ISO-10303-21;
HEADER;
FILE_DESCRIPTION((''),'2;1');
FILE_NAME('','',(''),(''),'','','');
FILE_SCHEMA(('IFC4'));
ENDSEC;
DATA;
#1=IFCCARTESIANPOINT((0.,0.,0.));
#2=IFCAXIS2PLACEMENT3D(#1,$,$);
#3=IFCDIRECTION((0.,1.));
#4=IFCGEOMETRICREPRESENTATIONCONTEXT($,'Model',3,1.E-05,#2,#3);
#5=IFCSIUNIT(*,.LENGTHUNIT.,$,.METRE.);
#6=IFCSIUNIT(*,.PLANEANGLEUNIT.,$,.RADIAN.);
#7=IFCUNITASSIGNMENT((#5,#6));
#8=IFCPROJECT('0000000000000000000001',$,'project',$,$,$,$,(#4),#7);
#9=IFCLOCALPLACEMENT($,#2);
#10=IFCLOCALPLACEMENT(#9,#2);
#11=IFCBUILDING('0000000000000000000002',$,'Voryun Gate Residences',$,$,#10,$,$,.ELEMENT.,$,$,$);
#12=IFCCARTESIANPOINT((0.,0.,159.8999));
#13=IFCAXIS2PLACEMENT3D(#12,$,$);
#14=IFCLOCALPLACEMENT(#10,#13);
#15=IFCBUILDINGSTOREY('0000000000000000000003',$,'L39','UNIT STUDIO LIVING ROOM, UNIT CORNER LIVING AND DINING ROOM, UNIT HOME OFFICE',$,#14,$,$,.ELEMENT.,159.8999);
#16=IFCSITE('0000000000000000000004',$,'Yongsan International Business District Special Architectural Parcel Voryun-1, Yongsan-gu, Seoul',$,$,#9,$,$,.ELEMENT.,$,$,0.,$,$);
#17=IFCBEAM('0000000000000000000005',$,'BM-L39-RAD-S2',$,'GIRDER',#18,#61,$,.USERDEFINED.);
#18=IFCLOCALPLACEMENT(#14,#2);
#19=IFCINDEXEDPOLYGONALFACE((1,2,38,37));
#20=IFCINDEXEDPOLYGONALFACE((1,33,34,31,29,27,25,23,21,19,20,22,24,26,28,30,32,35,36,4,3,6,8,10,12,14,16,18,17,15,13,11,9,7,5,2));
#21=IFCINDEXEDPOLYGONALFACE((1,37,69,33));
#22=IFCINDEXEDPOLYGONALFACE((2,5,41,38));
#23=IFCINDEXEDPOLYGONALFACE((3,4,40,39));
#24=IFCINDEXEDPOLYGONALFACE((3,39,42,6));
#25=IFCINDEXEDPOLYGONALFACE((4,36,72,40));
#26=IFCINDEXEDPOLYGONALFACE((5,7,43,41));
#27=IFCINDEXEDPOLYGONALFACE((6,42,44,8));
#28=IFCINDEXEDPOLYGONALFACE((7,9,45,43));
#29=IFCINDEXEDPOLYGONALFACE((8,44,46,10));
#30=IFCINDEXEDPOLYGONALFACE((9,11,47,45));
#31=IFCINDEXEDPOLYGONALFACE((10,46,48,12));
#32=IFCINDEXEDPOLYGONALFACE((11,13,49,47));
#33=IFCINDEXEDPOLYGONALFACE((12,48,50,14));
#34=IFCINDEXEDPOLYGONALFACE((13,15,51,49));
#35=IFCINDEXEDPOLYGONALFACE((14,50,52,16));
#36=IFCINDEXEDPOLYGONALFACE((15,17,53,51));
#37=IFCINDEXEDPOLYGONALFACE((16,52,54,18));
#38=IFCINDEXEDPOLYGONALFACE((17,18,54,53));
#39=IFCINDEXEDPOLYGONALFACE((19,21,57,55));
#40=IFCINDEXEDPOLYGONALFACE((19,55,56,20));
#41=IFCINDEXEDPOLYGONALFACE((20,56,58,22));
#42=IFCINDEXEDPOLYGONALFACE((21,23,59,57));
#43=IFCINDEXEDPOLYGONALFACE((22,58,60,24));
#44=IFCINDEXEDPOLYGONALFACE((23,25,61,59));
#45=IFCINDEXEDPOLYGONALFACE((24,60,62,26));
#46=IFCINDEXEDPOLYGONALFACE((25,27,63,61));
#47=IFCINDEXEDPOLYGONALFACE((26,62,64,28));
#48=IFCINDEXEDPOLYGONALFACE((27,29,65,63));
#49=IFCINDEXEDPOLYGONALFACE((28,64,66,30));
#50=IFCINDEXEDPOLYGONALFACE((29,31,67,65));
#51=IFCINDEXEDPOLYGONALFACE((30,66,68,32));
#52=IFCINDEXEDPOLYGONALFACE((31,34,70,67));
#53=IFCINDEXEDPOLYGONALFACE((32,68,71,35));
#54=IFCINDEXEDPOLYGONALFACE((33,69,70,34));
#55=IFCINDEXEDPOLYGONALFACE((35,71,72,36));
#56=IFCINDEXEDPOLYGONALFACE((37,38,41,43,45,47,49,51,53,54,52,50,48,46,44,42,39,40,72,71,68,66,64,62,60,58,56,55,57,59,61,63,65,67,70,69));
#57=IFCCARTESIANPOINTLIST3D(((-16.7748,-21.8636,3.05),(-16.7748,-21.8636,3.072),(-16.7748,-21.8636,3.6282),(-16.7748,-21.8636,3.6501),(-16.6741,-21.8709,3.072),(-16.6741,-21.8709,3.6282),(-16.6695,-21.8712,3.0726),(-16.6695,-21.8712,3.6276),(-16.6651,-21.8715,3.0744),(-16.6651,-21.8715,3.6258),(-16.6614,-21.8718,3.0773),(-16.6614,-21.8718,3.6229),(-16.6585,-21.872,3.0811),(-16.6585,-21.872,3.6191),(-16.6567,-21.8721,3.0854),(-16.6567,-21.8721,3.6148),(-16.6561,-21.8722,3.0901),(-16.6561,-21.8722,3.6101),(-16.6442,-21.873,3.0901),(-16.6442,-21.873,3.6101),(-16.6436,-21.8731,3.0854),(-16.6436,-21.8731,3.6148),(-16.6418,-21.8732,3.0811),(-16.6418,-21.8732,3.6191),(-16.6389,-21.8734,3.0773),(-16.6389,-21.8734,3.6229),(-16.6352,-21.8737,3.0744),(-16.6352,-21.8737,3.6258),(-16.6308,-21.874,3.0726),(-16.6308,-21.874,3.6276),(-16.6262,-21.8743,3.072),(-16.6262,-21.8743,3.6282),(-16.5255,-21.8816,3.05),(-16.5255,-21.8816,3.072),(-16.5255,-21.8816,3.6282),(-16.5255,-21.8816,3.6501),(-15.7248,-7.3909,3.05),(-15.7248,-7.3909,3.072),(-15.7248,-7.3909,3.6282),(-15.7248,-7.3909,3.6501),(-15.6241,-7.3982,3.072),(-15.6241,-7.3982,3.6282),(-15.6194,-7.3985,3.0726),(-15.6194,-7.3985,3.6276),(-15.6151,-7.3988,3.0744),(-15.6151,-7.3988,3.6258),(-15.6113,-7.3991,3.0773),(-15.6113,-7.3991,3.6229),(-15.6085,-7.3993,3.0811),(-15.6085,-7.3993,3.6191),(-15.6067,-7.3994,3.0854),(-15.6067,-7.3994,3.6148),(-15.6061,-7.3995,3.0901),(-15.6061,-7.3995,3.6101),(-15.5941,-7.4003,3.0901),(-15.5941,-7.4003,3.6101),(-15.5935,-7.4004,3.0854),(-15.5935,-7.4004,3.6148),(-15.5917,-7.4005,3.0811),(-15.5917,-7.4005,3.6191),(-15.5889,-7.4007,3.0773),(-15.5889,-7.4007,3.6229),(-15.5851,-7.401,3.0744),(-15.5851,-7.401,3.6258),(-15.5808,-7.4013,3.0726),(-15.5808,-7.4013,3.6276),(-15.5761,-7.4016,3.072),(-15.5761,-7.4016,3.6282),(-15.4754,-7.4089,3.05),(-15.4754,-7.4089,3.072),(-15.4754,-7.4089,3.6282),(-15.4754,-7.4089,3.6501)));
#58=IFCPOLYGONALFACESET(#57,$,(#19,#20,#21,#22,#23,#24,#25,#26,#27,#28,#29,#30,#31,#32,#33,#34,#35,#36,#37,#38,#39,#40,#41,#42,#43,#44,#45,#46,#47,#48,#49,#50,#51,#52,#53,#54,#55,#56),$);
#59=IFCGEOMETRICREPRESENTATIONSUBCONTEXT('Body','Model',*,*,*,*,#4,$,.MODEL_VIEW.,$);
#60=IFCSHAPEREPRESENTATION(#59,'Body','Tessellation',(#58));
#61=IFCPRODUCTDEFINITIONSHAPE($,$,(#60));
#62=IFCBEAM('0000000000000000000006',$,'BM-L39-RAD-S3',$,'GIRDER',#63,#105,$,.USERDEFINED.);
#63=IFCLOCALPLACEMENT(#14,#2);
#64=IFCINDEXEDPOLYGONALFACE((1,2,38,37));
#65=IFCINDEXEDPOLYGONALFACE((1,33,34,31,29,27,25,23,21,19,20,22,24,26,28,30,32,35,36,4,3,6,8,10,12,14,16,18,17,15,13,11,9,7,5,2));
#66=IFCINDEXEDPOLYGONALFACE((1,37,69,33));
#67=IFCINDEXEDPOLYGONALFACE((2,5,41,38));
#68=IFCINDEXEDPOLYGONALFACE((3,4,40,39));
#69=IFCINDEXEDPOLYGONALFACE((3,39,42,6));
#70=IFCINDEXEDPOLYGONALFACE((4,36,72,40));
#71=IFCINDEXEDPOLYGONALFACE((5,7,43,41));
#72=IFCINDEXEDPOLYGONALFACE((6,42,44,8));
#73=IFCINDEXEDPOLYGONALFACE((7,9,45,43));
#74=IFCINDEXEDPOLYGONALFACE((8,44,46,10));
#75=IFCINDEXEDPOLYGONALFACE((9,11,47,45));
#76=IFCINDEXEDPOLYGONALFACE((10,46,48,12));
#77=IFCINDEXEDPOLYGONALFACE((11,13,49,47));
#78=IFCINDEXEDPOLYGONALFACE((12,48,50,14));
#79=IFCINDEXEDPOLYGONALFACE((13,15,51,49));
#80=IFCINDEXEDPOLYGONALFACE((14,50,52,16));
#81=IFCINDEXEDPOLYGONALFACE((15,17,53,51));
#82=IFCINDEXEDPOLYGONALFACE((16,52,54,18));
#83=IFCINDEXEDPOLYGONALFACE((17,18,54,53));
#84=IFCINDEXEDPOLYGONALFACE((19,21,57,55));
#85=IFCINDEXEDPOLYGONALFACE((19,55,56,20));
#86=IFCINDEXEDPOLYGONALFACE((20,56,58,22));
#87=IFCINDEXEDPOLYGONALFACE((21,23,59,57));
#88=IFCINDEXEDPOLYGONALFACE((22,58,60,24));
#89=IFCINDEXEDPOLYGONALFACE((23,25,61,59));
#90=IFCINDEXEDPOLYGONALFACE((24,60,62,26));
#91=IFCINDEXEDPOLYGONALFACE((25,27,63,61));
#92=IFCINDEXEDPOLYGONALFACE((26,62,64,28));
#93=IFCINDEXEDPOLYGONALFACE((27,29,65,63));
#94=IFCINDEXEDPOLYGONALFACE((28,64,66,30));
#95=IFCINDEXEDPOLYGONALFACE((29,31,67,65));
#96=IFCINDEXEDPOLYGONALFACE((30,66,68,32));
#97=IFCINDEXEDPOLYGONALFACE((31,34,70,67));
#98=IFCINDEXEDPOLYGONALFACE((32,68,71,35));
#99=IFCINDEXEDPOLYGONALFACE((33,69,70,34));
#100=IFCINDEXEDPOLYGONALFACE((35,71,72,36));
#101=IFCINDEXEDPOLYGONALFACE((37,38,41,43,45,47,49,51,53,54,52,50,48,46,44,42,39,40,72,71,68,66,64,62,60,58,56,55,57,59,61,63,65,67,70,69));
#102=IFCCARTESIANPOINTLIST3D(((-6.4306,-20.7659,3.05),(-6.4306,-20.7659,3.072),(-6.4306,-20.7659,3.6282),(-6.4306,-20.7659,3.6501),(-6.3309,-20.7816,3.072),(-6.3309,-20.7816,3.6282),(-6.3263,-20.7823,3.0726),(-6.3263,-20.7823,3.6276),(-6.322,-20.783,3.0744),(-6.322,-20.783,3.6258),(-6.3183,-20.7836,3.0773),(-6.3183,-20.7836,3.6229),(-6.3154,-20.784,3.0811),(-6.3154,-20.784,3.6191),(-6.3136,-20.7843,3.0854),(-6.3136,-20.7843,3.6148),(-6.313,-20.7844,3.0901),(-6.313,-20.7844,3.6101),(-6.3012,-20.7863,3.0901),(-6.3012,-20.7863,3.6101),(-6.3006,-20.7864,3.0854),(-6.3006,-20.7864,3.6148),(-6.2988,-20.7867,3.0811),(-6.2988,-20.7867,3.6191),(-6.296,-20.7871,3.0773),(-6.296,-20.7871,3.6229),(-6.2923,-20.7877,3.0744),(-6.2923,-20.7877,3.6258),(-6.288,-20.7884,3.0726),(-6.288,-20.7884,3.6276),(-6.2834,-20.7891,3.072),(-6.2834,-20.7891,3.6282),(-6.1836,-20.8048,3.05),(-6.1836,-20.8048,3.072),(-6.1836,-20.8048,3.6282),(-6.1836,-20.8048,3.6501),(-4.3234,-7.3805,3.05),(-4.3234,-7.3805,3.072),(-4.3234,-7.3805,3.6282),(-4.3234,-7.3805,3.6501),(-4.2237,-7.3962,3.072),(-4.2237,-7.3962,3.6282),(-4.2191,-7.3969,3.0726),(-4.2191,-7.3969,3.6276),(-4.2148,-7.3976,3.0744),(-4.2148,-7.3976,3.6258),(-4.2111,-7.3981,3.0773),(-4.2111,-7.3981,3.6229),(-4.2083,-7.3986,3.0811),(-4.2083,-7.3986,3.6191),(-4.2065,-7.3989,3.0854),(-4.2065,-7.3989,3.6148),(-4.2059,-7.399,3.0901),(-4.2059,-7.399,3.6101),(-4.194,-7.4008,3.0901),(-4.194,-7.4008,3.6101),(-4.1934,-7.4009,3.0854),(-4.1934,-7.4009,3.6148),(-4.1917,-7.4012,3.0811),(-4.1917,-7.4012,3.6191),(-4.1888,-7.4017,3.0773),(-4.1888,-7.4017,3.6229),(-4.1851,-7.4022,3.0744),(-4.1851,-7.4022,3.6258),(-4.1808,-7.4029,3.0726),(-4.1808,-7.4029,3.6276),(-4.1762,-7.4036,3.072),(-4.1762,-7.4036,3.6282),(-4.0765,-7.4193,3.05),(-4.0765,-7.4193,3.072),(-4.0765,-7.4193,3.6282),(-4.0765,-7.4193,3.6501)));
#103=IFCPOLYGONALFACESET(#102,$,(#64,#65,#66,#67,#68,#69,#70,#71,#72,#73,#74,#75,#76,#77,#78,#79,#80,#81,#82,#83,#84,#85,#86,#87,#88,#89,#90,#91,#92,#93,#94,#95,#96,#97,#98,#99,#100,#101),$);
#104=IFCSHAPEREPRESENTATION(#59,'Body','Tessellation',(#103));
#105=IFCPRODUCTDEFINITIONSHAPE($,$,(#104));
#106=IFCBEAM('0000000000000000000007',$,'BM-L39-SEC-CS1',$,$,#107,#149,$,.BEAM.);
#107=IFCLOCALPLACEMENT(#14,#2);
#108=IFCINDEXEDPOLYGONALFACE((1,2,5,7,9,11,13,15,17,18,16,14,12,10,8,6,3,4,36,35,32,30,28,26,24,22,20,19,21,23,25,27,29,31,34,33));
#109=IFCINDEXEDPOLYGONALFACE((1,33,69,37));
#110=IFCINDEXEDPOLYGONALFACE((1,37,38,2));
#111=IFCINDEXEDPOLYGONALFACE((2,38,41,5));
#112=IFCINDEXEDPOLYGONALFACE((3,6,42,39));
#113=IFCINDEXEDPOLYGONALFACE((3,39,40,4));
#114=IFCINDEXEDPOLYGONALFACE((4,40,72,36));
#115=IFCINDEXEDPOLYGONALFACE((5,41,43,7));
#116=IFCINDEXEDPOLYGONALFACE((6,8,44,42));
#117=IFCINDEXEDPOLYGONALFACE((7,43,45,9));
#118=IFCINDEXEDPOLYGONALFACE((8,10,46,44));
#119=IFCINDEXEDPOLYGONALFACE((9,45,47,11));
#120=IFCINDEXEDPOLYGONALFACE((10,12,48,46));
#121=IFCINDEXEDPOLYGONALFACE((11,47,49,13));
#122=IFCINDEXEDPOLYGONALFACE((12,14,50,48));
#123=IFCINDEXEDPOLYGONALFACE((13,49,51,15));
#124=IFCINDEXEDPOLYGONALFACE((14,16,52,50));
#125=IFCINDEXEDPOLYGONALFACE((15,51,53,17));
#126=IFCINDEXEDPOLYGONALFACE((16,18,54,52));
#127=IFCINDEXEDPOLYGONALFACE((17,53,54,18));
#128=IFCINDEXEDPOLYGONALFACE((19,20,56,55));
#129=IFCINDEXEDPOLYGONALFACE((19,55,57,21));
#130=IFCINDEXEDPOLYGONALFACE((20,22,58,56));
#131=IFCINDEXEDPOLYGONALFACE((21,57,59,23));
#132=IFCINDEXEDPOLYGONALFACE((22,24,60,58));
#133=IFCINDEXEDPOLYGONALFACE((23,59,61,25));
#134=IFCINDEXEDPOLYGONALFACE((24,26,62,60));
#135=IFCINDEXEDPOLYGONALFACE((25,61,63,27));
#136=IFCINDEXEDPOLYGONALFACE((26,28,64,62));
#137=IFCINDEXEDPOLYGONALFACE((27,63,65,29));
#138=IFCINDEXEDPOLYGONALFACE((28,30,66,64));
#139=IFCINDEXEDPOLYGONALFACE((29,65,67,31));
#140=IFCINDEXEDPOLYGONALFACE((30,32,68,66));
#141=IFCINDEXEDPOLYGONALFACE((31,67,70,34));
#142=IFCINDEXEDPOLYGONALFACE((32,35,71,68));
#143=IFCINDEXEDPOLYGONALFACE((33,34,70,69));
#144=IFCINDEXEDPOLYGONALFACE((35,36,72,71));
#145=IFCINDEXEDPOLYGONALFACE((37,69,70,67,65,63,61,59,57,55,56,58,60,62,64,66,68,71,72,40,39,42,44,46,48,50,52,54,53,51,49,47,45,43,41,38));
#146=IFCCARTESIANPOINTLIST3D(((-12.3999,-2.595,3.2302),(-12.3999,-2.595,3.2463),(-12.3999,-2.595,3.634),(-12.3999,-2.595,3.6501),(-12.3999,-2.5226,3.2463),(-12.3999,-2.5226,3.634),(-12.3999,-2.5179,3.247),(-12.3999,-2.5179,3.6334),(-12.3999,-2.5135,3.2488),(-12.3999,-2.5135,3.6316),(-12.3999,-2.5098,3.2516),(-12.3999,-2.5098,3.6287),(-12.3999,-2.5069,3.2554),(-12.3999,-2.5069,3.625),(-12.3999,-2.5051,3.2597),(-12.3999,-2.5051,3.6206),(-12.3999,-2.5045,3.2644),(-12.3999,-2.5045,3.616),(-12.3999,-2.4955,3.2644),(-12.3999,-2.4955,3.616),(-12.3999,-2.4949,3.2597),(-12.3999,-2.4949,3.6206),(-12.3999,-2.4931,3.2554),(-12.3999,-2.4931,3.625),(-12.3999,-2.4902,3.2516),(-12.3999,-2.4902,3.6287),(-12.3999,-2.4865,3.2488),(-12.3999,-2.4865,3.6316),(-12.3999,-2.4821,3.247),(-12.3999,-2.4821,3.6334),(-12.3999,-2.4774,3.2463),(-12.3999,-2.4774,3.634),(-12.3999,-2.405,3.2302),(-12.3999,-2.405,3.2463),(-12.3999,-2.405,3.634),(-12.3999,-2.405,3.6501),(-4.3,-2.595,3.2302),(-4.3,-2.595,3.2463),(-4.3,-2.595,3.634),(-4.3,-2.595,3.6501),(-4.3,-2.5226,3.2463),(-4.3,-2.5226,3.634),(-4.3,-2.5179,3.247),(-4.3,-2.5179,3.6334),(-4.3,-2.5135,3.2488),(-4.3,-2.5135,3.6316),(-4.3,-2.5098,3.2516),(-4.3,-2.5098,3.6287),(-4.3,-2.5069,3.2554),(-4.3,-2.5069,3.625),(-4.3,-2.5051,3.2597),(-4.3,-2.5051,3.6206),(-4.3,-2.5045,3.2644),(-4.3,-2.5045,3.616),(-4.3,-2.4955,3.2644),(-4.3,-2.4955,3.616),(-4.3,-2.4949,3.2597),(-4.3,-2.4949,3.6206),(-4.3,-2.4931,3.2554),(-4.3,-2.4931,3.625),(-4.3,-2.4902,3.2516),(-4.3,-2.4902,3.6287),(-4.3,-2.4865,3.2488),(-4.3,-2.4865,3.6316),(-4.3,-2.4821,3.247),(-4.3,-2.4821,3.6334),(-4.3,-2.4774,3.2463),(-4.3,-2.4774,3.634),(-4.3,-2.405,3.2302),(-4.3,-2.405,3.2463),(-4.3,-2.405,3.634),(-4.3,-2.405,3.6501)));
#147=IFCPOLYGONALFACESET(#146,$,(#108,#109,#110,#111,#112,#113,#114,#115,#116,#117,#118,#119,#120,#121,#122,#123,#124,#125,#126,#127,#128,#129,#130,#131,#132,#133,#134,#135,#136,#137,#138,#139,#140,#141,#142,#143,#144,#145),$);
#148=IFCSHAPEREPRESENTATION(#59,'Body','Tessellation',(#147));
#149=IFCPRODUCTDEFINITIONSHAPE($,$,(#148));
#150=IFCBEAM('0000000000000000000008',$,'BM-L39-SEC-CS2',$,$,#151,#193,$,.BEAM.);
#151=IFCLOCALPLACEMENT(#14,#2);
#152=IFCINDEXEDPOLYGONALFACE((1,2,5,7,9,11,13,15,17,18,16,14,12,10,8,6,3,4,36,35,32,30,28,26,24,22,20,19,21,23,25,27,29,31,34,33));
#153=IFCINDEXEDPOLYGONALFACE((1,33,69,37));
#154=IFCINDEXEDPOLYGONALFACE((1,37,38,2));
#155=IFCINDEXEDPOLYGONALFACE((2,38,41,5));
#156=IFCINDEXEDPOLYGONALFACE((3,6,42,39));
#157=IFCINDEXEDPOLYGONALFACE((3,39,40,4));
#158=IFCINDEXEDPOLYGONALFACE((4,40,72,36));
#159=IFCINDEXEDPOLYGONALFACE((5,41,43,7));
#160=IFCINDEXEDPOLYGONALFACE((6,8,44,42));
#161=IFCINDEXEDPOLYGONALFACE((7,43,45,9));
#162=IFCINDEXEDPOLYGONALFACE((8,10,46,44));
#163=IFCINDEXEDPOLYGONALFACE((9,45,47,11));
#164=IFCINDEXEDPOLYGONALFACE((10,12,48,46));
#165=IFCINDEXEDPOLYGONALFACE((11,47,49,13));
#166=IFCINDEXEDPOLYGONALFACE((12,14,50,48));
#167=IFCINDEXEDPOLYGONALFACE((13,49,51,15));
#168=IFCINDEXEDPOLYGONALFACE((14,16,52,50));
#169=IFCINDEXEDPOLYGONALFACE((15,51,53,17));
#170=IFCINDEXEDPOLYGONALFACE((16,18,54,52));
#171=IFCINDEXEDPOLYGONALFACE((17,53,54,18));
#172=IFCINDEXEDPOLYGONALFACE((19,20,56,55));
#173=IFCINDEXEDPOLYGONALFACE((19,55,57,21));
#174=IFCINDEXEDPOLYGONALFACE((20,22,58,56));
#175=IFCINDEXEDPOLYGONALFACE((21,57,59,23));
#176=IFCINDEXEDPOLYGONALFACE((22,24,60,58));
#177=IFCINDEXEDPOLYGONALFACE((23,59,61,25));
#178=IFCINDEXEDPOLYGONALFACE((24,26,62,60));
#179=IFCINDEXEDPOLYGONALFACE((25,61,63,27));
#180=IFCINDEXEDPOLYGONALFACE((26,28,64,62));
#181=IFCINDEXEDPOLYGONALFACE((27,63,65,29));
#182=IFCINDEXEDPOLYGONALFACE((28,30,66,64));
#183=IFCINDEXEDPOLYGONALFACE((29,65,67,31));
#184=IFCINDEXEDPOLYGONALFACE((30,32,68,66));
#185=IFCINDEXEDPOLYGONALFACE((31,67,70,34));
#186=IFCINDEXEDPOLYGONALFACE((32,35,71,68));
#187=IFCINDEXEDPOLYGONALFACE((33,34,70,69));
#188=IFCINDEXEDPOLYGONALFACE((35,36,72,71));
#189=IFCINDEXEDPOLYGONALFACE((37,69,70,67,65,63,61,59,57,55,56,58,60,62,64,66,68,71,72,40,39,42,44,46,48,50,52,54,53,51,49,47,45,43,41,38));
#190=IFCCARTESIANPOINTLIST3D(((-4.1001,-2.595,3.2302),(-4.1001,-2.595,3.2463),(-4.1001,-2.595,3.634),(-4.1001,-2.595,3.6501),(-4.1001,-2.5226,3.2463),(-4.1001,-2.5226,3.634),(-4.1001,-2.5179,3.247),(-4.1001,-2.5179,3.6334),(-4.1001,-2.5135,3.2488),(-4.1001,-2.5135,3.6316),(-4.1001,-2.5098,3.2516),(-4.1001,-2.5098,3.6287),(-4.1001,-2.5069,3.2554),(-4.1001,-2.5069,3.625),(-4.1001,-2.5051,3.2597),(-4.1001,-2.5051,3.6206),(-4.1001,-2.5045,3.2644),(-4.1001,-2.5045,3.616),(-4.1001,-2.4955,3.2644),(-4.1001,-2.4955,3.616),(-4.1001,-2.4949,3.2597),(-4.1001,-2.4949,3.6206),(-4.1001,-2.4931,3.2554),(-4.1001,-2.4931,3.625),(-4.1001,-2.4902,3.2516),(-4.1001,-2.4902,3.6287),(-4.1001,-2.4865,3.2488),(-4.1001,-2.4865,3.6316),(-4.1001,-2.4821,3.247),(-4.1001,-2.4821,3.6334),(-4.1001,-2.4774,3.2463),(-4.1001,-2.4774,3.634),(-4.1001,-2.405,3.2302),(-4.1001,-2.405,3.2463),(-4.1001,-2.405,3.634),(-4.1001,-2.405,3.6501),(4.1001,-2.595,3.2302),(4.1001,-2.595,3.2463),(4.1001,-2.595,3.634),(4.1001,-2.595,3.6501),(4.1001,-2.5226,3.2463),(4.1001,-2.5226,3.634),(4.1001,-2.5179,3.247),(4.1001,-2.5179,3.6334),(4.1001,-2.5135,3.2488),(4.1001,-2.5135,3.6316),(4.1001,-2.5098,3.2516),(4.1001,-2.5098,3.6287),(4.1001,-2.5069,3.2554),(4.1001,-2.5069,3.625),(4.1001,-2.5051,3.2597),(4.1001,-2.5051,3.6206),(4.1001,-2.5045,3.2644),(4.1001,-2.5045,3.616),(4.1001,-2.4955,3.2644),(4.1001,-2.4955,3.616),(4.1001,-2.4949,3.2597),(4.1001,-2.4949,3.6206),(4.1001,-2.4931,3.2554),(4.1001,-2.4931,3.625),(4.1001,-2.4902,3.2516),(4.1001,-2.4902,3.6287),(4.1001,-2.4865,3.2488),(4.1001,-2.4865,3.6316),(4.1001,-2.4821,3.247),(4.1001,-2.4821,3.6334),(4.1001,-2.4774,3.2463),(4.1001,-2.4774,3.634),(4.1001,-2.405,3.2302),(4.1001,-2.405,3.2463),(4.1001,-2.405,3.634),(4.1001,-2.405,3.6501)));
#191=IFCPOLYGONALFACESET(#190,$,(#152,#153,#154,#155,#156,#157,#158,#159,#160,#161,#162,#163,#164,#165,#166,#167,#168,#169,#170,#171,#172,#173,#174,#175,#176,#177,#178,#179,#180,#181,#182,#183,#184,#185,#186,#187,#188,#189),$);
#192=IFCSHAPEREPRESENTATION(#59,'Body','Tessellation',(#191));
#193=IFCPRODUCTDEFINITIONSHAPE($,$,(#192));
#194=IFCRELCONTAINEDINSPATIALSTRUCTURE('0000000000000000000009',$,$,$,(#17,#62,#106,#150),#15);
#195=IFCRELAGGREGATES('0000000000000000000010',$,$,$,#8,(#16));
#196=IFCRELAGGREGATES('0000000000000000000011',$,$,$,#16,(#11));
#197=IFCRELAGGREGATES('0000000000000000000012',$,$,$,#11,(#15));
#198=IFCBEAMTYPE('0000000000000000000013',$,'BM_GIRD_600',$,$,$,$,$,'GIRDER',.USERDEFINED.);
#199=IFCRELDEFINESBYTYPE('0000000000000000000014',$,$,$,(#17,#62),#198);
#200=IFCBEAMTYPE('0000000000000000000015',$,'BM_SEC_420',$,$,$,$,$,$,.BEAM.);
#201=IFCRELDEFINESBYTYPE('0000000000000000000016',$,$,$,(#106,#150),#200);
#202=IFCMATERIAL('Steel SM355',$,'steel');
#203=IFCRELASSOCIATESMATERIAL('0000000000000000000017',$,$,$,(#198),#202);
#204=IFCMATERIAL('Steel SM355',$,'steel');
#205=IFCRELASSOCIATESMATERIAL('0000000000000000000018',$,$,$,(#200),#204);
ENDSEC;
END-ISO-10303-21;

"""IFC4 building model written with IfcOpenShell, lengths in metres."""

from ifc_helpers import new_model, si_unit, direction, frame, origin, origin_2d, place, context, subcontext, project, spatial, i_section, extrude, material, material_profile, profile_set, type_object, element, save


model = new_model("IFC4")

# Units and contexts
model_context = context("Model", 3, precision=1e-05, world=origin(), true_north=direction((0.0, 1.0)))
body_context = subcontext(model_context, "Body", "Model", "MODEL_VIEW")
ifc_project = project(units=[si_unit("LENGTHUNIT", "METRE"), si_unit("PLANEANGLEUNIT", "RADIAN")], contexts=[model_context])

# Site, building, storey
site_placement = place(None, origin())
site = spatial("IfcSite", under=ifc_project, at=site_placement, Name="Yongsan International Business District Special Architectural Parcel Voryun-1, Yongsan-gu, Seoul", CompositionType="ELEMENT", RefElevation=0.0)
building_placement = place(site_placement, origin())
building = spatial("IfcBuilding", under=site, at=building_placement, Name="Voryun Gate Residences", CompositionType="ELEMENT")
storey_placement = place(building_placement, frame((0.0, 0.0, 159.8999)))
storey = spatial("IfcBuildingStorey", under=building, at=storey_placement, Name="L39", Description="UNIT STUDIO LIVING ROOM, UNIT CORNER LIVING AND DINING ROOM, UNIT HOME OFFICE", CompositionType="ELEMENT", Elevation=159.8999)

# Beams
ifc_material_1 = material(Name="Steel SM355", Category="steel")
ifc_material_profile_1 = material_profile(ifc_material_1, i_section(OverallWidth=0.25, OverallDepth=0.6001, WebThickness=0.012, FlangeThickness=0.022, FilletRadius=0.0181, at=origin_2d()), Name="H-600x250x12x22")
ifc_profile_set_1 = profile_set([ifc_material_profile_1], Name="Steel SM355")
beam_type_1 = type_object("IfcBeamType", Name="BM_GIRD_600", ElementType="GIRDER", PredefinedType="USERDEFINED", material=ifc_profile_set_1)
beam_1_placement = place(storey_placement, frame((-15.6001, -7.3999, 3.3501), z_axis=(-0.072364, -0.997378, 0.0), x_axis=(0.997378, -0.072364, 0.0)))
element("IfcBeam", 1, at=beam_1_placement, inside=storey, type_object=beam_type_1, Name="BM-L39-RAD-S2", ObjectType="GIRDER", PredefinedType="USERDEFINED", context=body_context, shape_type="SweptSolid", body=[
    extrude(i_section(OverallWidth=0.25, OverallDepth=0.6001, WebThickness=0.012, FlangeThickness=0.022, FilletRadius=0.0181, at=origin_2d()), origin(), (0.0, 0.0, 1.0), 14.5107),
])
beam_2_placement = place(storey_placement, frame((-4.2, -7.3999, 3.3501), z_axis=(-0.155507, -0.987835, 0.0), x_axis=(0.987835, -0.155507, 0.0)))
element("IfcBeam", 2, at=beam_2_placement, inside=storey, type_object=beam_type_1, Name="BM-L39-RAD-S3", ObjectType="GIRDER", PredefinedType="USERDEFINED", context=body_context, shape_type="SweptSolid", body=[
    extrude(i_section(OverallWidth=0.25, OverallDepth=0.6001, WebThickness=0.012, FlangeThickness=0.022, FilletRadius=0.0181, at=origin_2d()), origin(), (0.0, 0.0, 1.0), 13.5503),
])
ifc_material_2 = material(Name="Steel SM355", Category="steel")
ifc_material_profile_2 = material_profile(ifc_material_2, i_section(OverallWidth=0.1899, OverallDepth=0.4199, WebThickness=0.009, FlangeThickness=0.0161, FilletRadius=0.0181, at=origin_2d()), Name="H-420x190x9x16")
ifc_profile_set_2 = profile_set([ifc_material_profile_2], Name="Steel SM355")
beam_type_2 = type_object("IfcBeamType", Name="BM_SEC_420", PredefinedType="BEAM", material=ifc_profile_set_2)
beam_3_placement = place(storey_placement, frame((-12.3999, -2.5, 3.4402), z_axis=(1.0, 0.0, 0.0), x_axis=(0.0, 1.0, 0.0)))
element("IfcBeam", 3, at=beam_3_placement, inside=storey, type_object=beam_type_2, Name="BM-L39-SEC-CS1", PredefinedType="BEAM", context=body_context, shape_type="SweptSolid", body=[
    extrude(i_section(OverallWidth=0.1899, OverallDepth=0.4199, WebThickness=0.009, FlangeThickness=0.0161, FilletRadius=0.0181, at=origin_2d()), origin(), (0.0, 0.0, 1.0), 8.0999),
])
beam_4_placement = place(storey_placement, frame((-4.1001, -2.5, 3.4402), z_axis=(1.0, 0.0, 0.0), x_axis=(0.0, 1.0, 0.0)))
element("IfcBeam", 4, at=beam_4_placement, inside=storey, type_object=beam_type_2, Name="BM-L39-SEC-CS2", PredefinedType="BEAM", context=body_context, shape_type="SweptSolid", body=[
    extrude(i_section(OverallWidth=0.1899, OverallDepth=0.4199, WebThickness=0.009, FlangeThickness=0.0161, FilletRadius=0.0181, at=origin_2d()), origin(), (0.0, 0.0, 1.0), 8.2002),
])

save(model, "model.ifc")
